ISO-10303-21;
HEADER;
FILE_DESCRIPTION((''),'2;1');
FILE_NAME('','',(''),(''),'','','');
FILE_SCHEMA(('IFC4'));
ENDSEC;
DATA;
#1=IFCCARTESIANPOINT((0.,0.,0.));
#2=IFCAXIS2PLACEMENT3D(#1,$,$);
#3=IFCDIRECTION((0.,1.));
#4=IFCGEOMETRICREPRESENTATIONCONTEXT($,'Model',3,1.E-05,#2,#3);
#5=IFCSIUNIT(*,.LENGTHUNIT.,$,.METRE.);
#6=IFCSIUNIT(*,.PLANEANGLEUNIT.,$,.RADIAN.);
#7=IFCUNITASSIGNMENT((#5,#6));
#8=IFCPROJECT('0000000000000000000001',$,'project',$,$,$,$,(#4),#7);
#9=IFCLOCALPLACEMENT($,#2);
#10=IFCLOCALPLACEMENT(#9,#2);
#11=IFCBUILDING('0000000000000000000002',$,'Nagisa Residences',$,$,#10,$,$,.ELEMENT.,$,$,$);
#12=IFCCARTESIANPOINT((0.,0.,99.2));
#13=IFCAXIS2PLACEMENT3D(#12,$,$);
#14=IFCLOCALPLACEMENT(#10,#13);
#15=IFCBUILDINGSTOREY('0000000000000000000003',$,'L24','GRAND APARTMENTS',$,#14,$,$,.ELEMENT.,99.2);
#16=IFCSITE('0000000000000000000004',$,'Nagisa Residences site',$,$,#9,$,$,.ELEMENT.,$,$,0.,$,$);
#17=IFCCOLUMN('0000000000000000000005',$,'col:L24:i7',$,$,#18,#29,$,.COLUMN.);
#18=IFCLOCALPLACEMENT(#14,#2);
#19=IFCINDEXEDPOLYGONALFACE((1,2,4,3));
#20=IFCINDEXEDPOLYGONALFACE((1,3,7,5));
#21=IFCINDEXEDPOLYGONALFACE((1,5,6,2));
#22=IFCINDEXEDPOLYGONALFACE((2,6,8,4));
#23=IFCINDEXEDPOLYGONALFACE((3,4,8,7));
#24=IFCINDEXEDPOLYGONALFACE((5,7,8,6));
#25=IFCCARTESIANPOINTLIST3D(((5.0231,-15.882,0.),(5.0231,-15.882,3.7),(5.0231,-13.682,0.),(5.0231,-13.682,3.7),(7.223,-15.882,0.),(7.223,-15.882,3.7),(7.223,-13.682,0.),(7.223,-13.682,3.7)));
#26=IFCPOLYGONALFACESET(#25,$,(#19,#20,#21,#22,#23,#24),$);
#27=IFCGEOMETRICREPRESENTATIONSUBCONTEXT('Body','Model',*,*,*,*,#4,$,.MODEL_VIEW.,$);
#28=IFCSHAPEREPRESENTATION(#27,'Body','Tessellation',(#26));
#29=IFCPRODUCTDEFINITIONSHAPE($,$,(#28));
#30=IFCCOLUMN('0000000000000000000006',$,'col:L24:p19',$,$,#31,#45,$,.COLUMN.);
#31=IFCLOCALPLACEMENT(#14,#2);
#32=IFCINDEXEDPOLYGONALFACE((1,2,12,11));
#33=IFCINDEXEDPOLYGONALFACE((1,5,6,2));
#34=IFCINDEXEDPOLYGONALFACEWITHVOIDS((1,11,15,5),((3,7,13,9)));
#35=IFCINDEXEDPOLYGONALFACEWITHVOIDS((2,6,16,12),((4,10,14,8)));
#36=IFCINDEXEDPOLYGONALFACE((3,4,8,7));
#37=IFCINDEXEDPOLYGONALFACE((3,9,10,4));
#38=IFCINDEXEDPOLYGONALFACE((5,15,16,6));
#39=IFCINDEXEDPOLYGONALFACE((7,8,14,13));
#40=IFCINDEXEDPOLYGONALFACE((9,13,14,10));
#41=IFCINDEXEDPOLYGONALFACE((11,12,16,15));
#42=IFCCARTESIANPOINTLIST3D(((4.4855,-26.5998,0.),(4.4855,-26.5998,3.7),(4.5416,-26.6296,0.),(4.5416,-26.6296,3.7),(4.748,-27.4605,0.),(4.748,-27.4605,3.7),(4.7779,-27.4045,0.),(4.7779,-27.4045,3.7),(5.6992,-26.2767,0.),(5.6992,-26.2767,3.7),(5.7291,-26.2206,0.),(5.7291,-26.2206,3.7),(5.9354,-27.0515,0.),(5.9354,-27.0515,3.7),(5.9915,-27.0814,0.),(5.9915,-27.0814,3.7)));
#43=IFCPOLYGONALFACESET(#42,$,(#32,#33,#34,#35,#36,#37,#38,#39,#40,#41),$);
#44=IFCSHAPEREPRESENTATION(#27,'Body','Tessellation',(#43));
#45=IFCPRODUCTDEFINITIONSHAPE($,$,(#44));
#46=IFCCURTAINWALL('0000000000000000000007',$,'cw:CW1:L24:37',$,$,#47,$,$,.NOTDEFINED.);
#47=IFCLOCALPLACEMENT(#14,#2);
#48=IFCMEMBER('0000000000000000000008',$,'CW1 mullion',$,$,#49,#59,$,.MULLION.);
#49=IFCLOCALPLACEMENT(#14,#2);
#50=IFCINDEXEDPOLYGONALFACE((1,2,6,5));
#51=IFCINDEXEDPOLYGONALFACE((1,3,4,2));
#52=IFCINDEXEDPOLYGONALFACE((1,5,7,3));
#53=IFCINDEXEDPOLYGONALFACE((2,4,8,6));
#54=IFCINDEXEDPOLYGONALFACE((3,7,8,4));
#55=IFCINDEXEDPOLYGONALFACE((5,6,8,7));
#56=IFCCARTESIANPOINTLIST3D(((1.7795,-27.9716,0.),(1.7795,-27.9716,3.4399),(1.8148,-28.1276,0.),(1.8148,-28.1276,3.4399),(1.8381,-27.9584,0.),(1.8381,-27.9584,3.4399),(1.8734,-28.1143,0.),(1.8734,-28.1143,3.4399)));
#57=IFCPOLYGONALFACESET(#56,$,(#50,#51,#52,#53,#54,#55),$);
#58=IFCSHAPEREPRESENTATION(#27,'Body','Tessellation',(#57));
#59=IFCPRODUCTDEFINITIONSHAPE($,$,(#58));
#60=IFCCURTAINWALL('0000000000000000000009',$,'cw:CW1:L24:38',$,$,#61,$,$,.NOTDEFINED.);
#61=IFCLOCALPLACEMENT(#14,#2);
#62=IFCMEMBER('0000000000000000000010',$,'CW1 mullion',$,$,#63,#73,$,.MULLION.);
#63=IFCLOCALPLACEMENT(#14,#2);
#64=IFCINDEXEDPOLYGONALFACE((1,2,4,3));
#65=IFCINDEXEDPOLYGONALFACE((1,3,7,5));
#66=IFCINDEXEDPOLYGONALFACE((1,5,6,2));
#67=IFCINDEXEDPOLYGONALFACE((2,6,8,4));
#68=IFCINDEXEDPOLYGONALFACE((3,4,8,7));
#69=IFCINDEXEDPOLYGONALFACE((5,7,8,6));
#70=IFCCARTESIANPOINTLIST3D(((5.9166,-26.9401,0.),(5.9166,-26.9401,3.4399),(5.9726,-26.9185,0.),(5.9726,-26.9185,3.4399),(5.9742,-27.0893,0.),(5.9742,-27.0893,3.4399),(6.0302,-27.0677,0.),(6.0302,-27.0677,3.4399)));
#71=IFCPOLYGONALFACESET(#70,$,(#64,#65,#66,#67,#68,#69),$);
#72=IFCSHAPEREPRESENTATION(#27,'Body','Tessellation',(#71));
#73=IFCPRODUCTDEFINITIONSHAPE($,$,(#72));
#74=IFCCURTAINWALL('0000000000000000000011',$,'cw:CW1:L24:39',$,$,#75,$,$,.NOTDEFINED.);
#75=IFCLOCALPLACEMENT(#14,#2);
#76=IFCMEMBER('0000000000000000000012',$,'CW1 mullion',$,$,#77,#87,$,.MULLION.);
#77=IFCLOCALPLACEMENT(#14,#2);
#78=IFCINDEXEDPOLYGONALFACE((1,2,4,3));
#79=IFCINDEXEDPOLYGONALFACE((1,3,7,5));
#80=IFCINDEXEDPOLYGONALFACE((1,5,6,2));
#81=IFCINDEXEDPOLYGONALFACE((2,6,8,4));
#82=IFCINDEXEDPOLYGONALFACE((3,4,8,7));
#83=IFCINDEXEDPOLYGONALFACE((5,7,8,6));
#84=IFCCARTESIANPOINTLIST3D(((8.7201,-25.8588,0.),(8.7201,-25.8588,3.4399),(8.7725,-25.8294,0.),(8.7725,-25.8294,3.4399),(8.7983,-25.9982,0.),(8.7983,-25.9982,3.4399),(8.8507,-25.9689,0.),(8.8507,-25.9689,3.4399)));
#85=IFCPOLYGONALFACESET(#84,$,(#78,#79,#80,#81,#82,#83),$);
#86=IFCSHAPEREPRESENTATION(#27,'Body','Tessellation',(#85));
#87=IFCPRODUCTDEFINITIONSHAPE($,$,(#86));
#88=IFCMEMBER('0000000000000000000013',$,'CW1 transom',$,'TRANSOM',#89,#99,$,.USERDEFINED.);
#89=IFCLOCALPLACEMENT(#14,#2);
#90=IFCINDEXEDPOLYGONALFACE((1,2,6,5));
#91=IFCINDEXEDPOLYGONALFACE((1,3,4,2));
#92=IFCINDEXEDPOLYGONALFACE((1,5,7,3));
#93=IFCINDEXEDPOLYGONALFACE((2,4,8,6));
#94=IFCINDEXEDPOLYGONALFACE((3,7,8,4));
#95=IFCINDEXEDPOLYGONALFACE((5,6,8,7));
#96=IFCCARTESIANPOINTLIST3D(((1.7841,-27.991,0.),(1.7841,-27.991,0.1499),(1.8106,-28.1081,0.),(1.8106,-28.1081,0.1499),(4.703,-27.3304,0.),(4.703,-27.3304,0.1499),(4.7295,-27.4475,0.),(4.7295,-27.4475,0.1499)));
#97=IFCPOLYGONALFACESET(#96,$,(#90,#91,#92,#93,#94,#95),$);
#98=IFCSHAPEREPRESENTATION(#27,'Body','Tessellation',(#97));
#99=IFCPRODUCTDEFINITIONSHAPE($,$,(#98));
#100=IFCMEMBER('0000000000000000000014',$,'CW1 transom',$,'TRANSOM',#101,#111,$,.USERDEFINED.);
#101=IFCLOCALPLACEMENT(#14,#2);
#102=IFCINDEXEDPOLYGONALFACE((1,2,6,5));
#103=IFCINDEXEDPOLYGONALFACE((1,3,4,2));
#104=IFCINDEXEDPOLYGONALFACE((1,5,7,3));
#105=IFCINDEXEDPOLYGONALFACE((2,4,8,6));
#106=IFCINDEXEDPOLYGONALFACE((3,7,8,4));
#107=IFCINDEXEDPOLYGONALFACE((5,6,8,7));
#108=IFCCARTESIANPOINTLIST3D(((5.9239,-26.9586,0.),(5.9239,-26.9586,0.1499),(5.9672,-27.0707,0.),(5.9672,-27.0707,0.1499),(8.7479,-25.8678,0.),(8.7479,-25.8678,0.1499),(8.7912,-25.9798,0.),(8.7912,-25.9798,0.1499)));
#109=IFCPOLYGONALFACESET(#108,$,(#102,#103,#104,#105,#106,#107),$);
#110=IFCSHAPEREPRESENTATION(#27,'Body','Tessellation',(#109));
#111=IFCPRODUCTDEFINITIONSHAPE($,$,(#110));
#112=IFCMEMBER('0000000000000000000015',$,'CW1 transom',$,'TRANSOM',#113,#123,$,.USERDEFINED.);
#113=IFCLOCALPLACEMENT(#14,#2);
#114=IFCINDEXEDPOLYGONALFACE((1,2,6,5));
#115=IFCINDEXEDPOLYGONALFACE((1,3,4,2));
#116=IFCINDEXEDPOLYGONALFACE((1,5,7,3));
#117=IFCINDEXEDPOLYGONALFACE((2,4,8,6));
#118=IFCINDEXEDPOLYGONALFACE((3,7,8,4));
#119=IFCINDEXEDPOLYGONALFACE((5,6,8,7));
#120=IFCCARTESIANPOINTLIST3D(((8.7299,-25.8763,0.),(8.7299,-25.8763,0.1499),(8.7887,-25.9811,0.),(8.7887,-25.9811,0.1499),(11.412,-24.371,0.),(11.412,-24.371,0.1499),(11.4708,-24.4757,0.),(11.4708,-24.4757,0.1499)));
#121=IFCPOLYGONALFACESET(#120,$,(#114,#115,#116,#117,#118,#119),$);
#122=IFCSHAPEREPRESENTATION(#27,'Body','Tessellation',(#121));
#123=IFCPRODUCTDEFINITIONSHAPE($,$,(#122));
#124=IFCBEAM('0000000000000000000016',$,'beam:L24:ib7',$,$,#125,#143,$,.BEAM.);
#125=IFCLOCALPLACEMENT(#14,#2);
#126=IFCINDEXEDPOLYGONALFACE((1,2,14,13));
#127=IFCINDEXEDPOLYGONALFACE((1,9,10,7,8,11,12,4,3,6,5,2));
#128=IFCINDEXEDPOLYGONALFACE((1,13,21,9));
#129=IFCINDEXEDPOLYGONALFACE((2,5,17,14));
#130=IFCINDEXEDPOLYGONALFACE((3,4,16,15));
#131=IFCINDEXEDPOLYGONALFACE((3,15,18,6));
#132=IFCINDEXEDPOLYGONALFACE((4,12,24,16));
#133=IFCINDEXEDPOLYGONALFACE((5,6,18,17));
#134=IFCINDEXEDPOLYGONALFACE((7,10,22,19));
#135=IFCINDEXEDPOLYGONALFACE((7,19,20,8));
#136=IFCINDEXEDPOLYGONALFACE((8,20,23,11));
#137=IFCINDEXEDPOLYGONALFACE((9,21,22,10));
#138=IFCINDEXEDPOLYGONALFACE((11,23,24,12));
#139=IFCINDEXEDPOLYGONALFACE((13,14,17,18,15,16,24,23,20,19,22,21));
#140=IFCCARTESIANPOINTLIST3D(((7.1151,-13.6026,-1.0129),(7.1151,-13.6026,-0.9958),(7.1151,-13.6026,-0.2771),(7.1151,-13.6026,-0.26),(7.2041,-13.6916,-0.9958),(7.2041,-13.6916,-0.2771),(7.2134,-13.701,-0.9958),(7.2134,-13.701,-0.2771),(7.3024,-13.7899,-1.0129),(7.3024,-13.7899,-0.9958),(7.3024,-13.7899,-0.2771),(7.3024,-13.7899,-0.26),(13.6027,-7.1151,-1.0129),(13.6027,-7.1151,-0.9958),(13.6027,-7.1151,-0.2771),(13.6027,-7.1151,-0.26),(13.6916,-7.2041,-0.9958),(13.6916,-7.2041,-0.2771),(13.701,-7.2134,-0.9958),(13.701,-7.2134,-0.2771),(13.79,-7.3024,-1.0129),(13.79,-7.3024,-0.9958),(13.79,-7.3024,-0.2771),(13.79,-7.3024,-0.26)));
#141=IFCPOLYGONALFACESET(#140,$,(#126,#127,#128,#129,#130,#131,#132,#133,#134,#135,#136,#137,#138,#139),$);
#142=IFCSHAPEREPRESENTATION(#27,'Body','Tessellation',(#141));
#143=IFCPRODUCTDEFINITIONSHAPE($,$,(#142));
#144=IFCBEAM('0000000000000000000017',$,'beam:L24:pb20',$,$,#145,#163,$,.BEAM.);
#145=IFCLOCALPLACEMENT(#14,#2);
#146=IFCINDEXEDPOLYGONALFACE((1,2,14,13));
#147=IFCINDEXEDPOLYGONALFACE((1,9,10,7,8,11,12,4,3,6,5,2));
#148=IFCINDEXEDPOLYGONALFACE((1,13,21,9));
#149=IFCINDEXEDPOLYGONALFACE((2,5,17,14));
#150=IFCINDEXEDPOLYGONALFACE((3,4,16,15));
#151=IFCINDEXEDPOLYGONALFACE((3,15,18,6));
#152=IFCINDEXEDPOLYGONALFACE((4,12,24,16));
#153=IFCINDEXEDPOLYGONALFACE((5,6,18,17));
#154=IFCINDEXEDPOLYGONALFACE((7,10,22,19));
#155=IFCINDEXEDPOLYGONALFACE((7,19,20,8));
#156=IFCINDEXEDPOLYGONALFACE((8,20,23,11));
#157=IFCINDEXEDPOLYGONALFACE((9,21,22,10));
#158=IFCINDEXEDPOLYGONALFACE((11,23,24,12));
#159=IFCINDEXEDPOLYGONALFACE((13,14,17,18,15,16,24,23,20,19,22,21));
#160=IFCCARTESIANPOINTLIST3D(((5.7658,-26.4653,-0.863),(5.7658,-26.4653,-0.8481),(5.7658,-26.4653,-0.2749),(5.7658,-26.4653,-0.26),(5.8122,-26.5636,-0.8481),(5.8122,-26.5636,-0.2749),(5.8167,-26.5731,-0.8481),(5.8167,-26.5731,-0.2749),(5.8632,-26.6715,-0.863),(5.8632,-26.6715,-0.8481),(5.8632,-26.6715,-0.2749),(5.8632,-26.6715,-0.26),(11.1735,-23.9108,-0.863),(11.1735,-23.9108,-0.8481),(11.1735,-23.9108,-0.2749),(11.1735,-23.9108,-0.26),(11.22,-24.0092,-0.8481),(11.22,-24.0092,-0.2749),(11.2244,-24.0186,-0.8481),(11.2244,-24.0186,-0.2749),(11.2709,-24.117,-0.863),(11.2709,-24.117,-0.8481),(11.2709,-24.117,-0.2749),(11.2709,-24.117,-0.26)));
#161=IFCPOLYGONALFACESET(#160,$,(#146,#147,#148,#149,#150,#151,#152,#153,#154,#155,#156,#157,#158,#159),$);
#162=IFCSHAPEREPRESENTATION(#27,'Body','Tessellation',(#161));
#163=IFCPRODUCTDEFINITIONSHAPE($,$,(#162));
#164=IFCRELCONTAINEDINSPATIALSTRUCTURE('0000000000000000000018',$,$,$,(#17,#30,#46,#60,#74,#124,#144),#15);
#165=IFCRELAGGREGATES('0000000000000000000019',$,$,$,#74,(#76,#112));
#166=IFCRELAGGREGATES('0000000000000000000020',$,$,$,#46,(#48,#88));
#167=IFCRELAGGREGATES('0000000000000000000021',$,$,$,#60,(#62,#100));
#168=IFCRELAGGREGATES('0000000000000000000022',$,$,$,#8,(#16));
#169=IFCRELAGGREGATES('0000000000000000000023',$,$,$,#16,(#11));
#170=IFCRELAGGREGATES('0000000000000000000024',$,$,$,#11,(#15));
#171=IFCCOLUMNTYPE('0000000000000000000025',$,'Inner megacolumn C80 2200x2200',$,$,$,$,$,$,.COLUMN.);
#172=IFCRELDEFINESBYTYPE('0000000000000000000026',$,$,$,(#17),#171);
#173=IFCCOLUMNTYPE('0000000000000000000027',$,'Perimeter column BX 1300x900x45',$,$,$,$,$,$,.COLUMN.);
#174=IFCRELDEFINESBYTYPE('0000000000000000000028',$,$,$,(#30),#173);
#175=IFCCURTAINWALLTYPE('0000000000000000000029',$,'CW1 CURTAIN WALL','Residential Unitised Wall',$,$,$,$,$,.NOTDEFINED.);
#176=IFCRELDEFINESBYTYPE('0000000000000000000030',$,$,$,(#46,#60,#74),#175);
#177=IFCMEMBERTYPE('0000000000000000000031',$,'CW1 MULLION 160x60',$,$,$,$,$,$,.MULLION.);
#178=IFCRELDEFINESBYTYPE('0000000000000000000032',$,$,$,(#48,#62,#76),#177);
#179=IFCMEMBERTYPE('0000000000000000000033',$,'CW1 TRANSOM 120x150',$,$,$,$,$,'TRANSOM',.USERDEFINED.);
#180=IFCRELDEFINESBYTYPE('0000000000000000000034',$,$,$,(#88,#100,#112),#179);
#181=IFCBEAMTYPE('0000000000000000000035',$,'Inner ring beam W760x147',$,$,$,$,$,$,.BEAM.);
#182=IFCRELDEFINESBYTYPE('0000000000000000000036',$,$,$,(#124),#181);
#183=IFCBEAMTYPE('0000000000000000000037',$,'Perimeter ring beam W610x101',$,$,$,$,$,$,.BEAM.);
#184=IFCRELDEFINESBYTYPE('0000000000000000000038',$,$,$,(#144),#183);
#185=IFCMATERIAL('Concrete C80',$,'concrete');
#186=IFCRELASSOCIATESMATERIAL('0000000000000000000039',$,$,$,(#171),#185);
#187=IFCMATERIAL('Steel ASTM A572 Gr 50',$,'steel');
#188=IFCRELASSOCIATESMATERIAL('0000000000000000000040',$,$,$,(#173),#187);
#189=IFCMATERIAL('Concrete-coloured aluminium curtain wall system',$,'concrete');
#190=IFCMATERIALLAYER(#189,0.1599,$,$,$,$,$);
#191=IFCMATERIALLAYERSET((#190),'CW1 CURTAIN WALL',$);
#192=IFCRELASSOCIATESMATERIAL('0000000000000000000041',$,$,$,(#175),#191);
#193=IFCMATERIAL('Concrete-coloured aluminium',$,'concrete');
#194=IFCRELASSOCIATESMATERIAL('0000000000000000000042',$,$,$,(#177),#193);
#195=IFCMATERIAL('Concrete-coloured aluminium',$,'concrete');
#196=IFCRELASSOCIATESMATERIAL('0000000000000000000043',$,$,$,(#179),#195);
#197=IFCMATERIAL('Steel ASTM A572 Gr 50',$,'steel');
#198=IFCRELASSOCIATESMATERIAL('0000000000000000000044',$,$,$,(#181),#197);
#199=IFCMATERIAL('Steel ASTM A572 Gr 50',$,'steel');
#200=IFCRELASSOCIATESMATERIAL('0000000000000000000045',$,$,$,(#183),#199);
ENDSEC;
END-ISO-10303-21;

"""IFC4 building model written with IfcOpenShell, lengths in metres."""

from ifc_helpers import new_model, si_unit, direction, frame, origin, origin_2d, place, context, subcontext, project, spatial, rectangle, hollow_rectangle, i_section, extrude, material, layer, layer_set, material_profile, profile_set, type_object, element, aggregate, save


model = new_model("IFC4")

# Units and contexts
model_context = context("Model", 3, precision=1e-05, world=origin(), true_north=direction((0.0, 1.0)))
body_context = subcontext(model_context, "Body", "Model", "MODEL_VIEW")
ifc_project = project(units=[si_unit("LENGTHUNIT", "METRE"), si_unit("PLANEANGLEUNIT", "RADIAN")], contexts=[model_context])

# Site, building, storey
site_placement = place(None, origin())
site = spatial("IfcSite", under=ifc_project, at=site_placement, Name="Nagisa Residences site", CompositionType="ELEMENT", RefElevation=0.0)
building_placement = place(site_placement, origin())
building = spatial("IfcBuilding", under=site, at=building_placement, Name="Nagisa Residences", CompositionType="ELEMENT")
storey_placement = place(building_placement, frame((0.0, 0.0, 99.2)))
storey = spatial("IfcBuildingStorey", under=building, at=storey_placement, Name="L24", Description="GRAND APARTMENTS", CompositionType="ELEMENT", Elevation=99.2)

# Columns
ifc_material_1 = material(Name="Concrete C80", Category="concrete")
ifc_material_profile_1 = material_profile(ifc_material_1, rectangle(XDim=2.2, YDim=2.2, at=origin_2d()), Name="C80 2200x2200")
ifc_profile_set_1 = profile_set([ifc_material_profile_1], Name="Concrete C80")
column_type_1 = type_object("IfcColumnType", Name="Inner megacolumn C80 2200x2200", PredefinedType="COLUMN", material=ifc_profile_set_1)
column_1_placement = place(storey_placement, frame((6.123, -14.782, 0.0), z_axis=(0.0, 0.0, 1.0), x_axis=(1.0, 0.0, 0.0)))
element("IfcColumn", 1, at=column_1_placement, inside=storey, type_object=column_type_1, Name="col:L24:i7", PredefinedType="COLUMN", context=body_context, shape_type="SweptSolid", body=[
    extrude(rectangle(XDim=2.2, YDim=2.2, at=origin_2d()), origin(), (0.0, 0.0, 1.0), 3.7),
])
ifc_material_2 = material(Name="Steel ASTM A572 Gr 50", Category="steel")
ifc_material_profile_2 = material_profile(ifc_material_2, hollow_rectangle(XDim=1.3, YDim=0.8999, WallThickness=0.0449, at=origin_2d()), Name="BX 1300x900x45")
ifc_profile_set_2 = profile_set([ifc_material_profile_2], Name="Steel ASTM A572 Gr 50")
column_type_2 = type_object("IfcColumnType", Name="Perimeter column BX 1300x900x45", PredefinedType="COLUMN", material=ifc_profile_set_2)
column_2_placement = place(storey_placement, frame((5.2385, -26.8406, 0.0), z_axis=(0.0, 0.0, 1.0), x_axis=(0.956525, 0.291652, 0.0)))
element("IfcColumn", 2, at=column_2_placement, inside=storey, type_object=column_type_2, Name="col:L24:p19", PredefinedType="COLUMN", context=body_context, shape_type="SweptSolid", body=[
    extrude(hollow_rectangle(XDim=1.3, YDim=0.8999, WallThickness=0.0449, at=origin_2d()), origin(), (0.0, 0.0, 1.0), 3.7),
])

# Curtain walls, members
ifc_material_3 = material(Name="Concrete-coloured aluminium curtain wall system", Category="concrete")
ifc_layer_1 = layer(ifc_material_3, 0.1599)
ifc_layer_set_1 = layer_set([ifc_layer_1], Name="CW1 CURTAIN WALL")
curtain_wall_type = type_object("IfcCurtainWallType", Name="CW1 CURTAIN WALL", Description="Residential Unitised Wall", PredefinedType="NOTDEFINED", material=ifc_layer_set_1)
curtain_wall_1_placement = place(storey_placement, origin())
curtain_wall_1 = element("IfcCurtainWall", 3, at=curtain_wall_1_placement, inside=storey, type_object=curtain_wall_type, Name="cw:CW1:L24:37", PredefinedType="NOTDEFINED")
ifc_material_4 = material(Name="Concrete-coloured aluminium", Category="concrete")
ifc_material_profile_3 = material_profile(ifc_material_4, rectangle(XDim=0.1599, YDim=0.0601, at=origin_2d()), Name="CW1 MULLION 160x60")
ifc_profile_set_3 = profile_set([ifc_material_profile_3], Name="Concrete-coloured aluminium")
member_type_1 = type_object("IfcMemberType", Name="CW1 MULLION 160x60", PredefinedType="MULLION", material=ifc_profile_set_3)
member_1_placement = place(storey_placement, frame((1.8264, -28.043, 0.0), z_axis=(0.0, 0.0, 1.0), x_axis=(-0.220764, 0.975327, 0.0)))
member_1 = element("IfcMember", 4, at=member_1_placement, type_object=member_type_1, Name="CW1 mullion", PredefinedType="MULLION", context=body_context, shape_type="SweptSolid", body=[
    extrude(rectangle(XDim=0.1599, YDim=0.0601, at=origin_2d()), origin(), (0.0, 0.0, 1.0), 3.4399),
])
curtain_wall_2_placement = place(storey_placement, origin())
curtain_wall_2 = element("IfcCurtainWall", 5, at=curtain_wall_2_placement, inside=storey, type_object=curtain_wall_type, Name="cw:CW1:L24:38", PredefinedType="NOTDEFINED")
member_2_placement = place(storey_placement, frame((5.9734, -27.0039, 0.0), z_axis=(0.0, 0.0, 1.0), x_axis=(-0.360328, 0.932826, 0.0)))
member_2 = element("IfcMember", 6, at=member_2_placement, type_object=member_type_1, Name="CW1 mullion", PredefinedType="MULLION", context=body_context, shape_type="SweptSolid", body=[
    extrude(rectangle(XDim=0.1599, YDim=0.0601, at=origin_2d()), origin(), (0.0, 0.0, 1.0), 3.4399),
])
curtain_wall_3_placement = place(storey_placement, origin())
curtain_wall_3 = element("IfcCurtainWall", 7, at=curtain_wall_3_placement, inside=storey, type_object=curtain_wall_type, Name="cw:CW1:L24:39", PredefinedType="NOTDEFINED")
member_3_placement = place(storey_placement, frame((8.7854, -25.9138, 0.0), z_axis=(0.0, 0.0, 1.0), x_axis=(-0.489377, 0.872072, 0.0)))
member_3 = element("IfcMember", 8, at=member_3_placement, type_object=member_type_1, Name="CW1 mullion", PredefinedType="MULLION", context=body_context, shape_type="SweptSolid", body=[
    extrude(rectangle(XDim=0.1599, YDim=0.0601, at=origin_2d()), origin(), (0.0, 0.0, 1.0), 3.4399),
])

# Members
ifc_material_5 = material(Name="Concrete-coloured aluminium", Category="concrete")
ifc_material_profile_4 = material_profile(ifc_material_5, rectangle(XDim=0.1201, YDim=0.1499, at=origin_2d()), Name="CW1 TRANSOM 120x150")
ifc_profile_set_4 = profile_set([ifc_material_profile_4], Name="Concrete-coloured aluminium")
member_type_2 = type_object("IfcMemberType", Name="CW1 TRANSOM 120x150", ElementType="TRANSOM", PredefinedType="USERDEFINED", material=ifc_profile_set_4)
member_4_placement = place(storey_placement, frame((1.7974, -28.0496, 0.075), z_axis=(0.975331, 0.220747, 0.0), x_axis=(-0.220747, 0.975331, 0.0)))
member_4 = element("IfcMember", 9, at=member_4_placement, type_object=member_type_2, Name="CW1 transom", ObjectType="TRANSOM", PredefinedType="USERDEFINED", context=body_context, shape_type="SweptSolid", body=[
    extrude(rectangle(XDim=0.1201, YDim=0.1499, at=origin_2d()), origin(), (0.0, 0.0, 1.0), 2.9927),
])
member_5_placement = place(storey_placement, frame((5.9456, -27.0146, 0.075), z_axis=(0.932827, 0.360324, 0.0), x_axis=(-0.360324, 0.932827, 0.0)))
member_5 = element("IfcMember", 10, at=member_5_placement, type_object=member_type_2, Name="CW1 transom", ObjectType="TRANSOM", PredefinedType="USERDEFINED", context=body_context, shape_type="SweptSolid", body=[
    extrude(rectangle(XDim=0.1201, YDim=0.1499, at=origin_2d()), origin(), (0.0, 0.0, 1.0), 3.0273),
])
member_6_placement = place(storey_placement, frame((8.7593, -25.9287, 0.075), z_axis=(0.872037, 0.489439, 0.0), x_axis=(-0.489439, 0.872037, 0.0)))
member_6 = element("IfcMember", 11, at=member_6_placement, type_object=member_type_2, Name="CW1 transom", ObjectType="TRANSOM", PredefinedType="USERDEFINED", context=body_context, shape_type="SweptSolid", body=[
    extrude(rectangle(XDim=0.1201, YDim=0.1499, at=origin_2d()), origin(), (0.0, 0.0, 1.0), 3.0757),
])
aggregate(curtain_wall_3, [member_3, member_6])

# Beams
ifc_material_6 = material(Name="Steel ASTM A572 Gr 50", Category="steel")
ifc_material_profile_5 = material_profile(ifc_material_6, i_section(OverallWidth=0.2649, OverallDepth=0.7529, WebThickness=0.0132, FlangeThickness=0.0171, at=origin_2d()), Name="W760x147")
ifc_profile_set_5 = profile_set([ifc_material_profile_5], Name="Steel ASTM A572 Gr 50")
beam_type_1 = type_object("IfcBeamType", Name="Inner ring beam W760x147", PredefinedType="BEAM", material=ifc_profile_set_5)
beam_1_placement = place(storey_placement, frame((7.2087, -13.6963, -0.6365), z_axis=(0.707107, 0.707107, 0.0), x_axis=(-0.707107, 0.707107, 0.0)))
element("IfcBeam", 12, at=beam_1_placement, inside=storey, type_object=beam_type_1, Name="beam:L24:ib7", PredefinedType="BEAM", context=body_context, shape_type="SweptSolid", body=[
    extrude(i_section(OverallWidth=0.2649, OverallDepth=0.7529, WebThickness=0.0132, FlangeThickness=0.0171, at=origin_2d()), origin(), (0.0, 0.0, 1.0), 9.1748),
])
ifc_material_7 = material(Name="Steel ASTM A572 Gr 50", Category="steel")
ifc_material_profile_6 = material_profile(ifc_material_7, i_section(OverallWidth=0.228, OverallDepth=0.603, WebThickness=0.0105, FlangeThickness=0.0149, at=origin_2d()), Name="W610x101")
ifc_profile_set_6 = profile_set([ifc_material_profile_6], Name="Steel ASTM A572 Gr 50")
beam_type_2 = type_object("IfcBeamType", Name="Perimeter ring beam W610x101", PredefinedType="BEAM", material=ifc_profile_set_6)
beam_2_placement = place(storey_placement, frame((5.8145, -26.5684, -0.5615), z_axis=(0.904197, 0.427116, 0.0), x_axis=(-0.427116, 0.904197, 0.0)))
element("IfcBeam", 13, at=beam_2_placement, inside=storey, type_object=beam_type_2, Name="beam:L24:pb20", PredefinedType="BEAM", context=body_context, shape_type="SweptSolid", body=[
    extrude(i_section(OverallWidth=0.228, OverallDepth=0.603, WebThickness=0.0105, FlangeThickness=0.0149, at=origin_2d()), origin(), (0.0, 0.0, 1.0), 5.9807),
])

aggregate(curtain_wall_1, [member_1, member_4])
aggregate(curtain_wall_2, [member_2, member_5])

save(model, "model.ifc")
